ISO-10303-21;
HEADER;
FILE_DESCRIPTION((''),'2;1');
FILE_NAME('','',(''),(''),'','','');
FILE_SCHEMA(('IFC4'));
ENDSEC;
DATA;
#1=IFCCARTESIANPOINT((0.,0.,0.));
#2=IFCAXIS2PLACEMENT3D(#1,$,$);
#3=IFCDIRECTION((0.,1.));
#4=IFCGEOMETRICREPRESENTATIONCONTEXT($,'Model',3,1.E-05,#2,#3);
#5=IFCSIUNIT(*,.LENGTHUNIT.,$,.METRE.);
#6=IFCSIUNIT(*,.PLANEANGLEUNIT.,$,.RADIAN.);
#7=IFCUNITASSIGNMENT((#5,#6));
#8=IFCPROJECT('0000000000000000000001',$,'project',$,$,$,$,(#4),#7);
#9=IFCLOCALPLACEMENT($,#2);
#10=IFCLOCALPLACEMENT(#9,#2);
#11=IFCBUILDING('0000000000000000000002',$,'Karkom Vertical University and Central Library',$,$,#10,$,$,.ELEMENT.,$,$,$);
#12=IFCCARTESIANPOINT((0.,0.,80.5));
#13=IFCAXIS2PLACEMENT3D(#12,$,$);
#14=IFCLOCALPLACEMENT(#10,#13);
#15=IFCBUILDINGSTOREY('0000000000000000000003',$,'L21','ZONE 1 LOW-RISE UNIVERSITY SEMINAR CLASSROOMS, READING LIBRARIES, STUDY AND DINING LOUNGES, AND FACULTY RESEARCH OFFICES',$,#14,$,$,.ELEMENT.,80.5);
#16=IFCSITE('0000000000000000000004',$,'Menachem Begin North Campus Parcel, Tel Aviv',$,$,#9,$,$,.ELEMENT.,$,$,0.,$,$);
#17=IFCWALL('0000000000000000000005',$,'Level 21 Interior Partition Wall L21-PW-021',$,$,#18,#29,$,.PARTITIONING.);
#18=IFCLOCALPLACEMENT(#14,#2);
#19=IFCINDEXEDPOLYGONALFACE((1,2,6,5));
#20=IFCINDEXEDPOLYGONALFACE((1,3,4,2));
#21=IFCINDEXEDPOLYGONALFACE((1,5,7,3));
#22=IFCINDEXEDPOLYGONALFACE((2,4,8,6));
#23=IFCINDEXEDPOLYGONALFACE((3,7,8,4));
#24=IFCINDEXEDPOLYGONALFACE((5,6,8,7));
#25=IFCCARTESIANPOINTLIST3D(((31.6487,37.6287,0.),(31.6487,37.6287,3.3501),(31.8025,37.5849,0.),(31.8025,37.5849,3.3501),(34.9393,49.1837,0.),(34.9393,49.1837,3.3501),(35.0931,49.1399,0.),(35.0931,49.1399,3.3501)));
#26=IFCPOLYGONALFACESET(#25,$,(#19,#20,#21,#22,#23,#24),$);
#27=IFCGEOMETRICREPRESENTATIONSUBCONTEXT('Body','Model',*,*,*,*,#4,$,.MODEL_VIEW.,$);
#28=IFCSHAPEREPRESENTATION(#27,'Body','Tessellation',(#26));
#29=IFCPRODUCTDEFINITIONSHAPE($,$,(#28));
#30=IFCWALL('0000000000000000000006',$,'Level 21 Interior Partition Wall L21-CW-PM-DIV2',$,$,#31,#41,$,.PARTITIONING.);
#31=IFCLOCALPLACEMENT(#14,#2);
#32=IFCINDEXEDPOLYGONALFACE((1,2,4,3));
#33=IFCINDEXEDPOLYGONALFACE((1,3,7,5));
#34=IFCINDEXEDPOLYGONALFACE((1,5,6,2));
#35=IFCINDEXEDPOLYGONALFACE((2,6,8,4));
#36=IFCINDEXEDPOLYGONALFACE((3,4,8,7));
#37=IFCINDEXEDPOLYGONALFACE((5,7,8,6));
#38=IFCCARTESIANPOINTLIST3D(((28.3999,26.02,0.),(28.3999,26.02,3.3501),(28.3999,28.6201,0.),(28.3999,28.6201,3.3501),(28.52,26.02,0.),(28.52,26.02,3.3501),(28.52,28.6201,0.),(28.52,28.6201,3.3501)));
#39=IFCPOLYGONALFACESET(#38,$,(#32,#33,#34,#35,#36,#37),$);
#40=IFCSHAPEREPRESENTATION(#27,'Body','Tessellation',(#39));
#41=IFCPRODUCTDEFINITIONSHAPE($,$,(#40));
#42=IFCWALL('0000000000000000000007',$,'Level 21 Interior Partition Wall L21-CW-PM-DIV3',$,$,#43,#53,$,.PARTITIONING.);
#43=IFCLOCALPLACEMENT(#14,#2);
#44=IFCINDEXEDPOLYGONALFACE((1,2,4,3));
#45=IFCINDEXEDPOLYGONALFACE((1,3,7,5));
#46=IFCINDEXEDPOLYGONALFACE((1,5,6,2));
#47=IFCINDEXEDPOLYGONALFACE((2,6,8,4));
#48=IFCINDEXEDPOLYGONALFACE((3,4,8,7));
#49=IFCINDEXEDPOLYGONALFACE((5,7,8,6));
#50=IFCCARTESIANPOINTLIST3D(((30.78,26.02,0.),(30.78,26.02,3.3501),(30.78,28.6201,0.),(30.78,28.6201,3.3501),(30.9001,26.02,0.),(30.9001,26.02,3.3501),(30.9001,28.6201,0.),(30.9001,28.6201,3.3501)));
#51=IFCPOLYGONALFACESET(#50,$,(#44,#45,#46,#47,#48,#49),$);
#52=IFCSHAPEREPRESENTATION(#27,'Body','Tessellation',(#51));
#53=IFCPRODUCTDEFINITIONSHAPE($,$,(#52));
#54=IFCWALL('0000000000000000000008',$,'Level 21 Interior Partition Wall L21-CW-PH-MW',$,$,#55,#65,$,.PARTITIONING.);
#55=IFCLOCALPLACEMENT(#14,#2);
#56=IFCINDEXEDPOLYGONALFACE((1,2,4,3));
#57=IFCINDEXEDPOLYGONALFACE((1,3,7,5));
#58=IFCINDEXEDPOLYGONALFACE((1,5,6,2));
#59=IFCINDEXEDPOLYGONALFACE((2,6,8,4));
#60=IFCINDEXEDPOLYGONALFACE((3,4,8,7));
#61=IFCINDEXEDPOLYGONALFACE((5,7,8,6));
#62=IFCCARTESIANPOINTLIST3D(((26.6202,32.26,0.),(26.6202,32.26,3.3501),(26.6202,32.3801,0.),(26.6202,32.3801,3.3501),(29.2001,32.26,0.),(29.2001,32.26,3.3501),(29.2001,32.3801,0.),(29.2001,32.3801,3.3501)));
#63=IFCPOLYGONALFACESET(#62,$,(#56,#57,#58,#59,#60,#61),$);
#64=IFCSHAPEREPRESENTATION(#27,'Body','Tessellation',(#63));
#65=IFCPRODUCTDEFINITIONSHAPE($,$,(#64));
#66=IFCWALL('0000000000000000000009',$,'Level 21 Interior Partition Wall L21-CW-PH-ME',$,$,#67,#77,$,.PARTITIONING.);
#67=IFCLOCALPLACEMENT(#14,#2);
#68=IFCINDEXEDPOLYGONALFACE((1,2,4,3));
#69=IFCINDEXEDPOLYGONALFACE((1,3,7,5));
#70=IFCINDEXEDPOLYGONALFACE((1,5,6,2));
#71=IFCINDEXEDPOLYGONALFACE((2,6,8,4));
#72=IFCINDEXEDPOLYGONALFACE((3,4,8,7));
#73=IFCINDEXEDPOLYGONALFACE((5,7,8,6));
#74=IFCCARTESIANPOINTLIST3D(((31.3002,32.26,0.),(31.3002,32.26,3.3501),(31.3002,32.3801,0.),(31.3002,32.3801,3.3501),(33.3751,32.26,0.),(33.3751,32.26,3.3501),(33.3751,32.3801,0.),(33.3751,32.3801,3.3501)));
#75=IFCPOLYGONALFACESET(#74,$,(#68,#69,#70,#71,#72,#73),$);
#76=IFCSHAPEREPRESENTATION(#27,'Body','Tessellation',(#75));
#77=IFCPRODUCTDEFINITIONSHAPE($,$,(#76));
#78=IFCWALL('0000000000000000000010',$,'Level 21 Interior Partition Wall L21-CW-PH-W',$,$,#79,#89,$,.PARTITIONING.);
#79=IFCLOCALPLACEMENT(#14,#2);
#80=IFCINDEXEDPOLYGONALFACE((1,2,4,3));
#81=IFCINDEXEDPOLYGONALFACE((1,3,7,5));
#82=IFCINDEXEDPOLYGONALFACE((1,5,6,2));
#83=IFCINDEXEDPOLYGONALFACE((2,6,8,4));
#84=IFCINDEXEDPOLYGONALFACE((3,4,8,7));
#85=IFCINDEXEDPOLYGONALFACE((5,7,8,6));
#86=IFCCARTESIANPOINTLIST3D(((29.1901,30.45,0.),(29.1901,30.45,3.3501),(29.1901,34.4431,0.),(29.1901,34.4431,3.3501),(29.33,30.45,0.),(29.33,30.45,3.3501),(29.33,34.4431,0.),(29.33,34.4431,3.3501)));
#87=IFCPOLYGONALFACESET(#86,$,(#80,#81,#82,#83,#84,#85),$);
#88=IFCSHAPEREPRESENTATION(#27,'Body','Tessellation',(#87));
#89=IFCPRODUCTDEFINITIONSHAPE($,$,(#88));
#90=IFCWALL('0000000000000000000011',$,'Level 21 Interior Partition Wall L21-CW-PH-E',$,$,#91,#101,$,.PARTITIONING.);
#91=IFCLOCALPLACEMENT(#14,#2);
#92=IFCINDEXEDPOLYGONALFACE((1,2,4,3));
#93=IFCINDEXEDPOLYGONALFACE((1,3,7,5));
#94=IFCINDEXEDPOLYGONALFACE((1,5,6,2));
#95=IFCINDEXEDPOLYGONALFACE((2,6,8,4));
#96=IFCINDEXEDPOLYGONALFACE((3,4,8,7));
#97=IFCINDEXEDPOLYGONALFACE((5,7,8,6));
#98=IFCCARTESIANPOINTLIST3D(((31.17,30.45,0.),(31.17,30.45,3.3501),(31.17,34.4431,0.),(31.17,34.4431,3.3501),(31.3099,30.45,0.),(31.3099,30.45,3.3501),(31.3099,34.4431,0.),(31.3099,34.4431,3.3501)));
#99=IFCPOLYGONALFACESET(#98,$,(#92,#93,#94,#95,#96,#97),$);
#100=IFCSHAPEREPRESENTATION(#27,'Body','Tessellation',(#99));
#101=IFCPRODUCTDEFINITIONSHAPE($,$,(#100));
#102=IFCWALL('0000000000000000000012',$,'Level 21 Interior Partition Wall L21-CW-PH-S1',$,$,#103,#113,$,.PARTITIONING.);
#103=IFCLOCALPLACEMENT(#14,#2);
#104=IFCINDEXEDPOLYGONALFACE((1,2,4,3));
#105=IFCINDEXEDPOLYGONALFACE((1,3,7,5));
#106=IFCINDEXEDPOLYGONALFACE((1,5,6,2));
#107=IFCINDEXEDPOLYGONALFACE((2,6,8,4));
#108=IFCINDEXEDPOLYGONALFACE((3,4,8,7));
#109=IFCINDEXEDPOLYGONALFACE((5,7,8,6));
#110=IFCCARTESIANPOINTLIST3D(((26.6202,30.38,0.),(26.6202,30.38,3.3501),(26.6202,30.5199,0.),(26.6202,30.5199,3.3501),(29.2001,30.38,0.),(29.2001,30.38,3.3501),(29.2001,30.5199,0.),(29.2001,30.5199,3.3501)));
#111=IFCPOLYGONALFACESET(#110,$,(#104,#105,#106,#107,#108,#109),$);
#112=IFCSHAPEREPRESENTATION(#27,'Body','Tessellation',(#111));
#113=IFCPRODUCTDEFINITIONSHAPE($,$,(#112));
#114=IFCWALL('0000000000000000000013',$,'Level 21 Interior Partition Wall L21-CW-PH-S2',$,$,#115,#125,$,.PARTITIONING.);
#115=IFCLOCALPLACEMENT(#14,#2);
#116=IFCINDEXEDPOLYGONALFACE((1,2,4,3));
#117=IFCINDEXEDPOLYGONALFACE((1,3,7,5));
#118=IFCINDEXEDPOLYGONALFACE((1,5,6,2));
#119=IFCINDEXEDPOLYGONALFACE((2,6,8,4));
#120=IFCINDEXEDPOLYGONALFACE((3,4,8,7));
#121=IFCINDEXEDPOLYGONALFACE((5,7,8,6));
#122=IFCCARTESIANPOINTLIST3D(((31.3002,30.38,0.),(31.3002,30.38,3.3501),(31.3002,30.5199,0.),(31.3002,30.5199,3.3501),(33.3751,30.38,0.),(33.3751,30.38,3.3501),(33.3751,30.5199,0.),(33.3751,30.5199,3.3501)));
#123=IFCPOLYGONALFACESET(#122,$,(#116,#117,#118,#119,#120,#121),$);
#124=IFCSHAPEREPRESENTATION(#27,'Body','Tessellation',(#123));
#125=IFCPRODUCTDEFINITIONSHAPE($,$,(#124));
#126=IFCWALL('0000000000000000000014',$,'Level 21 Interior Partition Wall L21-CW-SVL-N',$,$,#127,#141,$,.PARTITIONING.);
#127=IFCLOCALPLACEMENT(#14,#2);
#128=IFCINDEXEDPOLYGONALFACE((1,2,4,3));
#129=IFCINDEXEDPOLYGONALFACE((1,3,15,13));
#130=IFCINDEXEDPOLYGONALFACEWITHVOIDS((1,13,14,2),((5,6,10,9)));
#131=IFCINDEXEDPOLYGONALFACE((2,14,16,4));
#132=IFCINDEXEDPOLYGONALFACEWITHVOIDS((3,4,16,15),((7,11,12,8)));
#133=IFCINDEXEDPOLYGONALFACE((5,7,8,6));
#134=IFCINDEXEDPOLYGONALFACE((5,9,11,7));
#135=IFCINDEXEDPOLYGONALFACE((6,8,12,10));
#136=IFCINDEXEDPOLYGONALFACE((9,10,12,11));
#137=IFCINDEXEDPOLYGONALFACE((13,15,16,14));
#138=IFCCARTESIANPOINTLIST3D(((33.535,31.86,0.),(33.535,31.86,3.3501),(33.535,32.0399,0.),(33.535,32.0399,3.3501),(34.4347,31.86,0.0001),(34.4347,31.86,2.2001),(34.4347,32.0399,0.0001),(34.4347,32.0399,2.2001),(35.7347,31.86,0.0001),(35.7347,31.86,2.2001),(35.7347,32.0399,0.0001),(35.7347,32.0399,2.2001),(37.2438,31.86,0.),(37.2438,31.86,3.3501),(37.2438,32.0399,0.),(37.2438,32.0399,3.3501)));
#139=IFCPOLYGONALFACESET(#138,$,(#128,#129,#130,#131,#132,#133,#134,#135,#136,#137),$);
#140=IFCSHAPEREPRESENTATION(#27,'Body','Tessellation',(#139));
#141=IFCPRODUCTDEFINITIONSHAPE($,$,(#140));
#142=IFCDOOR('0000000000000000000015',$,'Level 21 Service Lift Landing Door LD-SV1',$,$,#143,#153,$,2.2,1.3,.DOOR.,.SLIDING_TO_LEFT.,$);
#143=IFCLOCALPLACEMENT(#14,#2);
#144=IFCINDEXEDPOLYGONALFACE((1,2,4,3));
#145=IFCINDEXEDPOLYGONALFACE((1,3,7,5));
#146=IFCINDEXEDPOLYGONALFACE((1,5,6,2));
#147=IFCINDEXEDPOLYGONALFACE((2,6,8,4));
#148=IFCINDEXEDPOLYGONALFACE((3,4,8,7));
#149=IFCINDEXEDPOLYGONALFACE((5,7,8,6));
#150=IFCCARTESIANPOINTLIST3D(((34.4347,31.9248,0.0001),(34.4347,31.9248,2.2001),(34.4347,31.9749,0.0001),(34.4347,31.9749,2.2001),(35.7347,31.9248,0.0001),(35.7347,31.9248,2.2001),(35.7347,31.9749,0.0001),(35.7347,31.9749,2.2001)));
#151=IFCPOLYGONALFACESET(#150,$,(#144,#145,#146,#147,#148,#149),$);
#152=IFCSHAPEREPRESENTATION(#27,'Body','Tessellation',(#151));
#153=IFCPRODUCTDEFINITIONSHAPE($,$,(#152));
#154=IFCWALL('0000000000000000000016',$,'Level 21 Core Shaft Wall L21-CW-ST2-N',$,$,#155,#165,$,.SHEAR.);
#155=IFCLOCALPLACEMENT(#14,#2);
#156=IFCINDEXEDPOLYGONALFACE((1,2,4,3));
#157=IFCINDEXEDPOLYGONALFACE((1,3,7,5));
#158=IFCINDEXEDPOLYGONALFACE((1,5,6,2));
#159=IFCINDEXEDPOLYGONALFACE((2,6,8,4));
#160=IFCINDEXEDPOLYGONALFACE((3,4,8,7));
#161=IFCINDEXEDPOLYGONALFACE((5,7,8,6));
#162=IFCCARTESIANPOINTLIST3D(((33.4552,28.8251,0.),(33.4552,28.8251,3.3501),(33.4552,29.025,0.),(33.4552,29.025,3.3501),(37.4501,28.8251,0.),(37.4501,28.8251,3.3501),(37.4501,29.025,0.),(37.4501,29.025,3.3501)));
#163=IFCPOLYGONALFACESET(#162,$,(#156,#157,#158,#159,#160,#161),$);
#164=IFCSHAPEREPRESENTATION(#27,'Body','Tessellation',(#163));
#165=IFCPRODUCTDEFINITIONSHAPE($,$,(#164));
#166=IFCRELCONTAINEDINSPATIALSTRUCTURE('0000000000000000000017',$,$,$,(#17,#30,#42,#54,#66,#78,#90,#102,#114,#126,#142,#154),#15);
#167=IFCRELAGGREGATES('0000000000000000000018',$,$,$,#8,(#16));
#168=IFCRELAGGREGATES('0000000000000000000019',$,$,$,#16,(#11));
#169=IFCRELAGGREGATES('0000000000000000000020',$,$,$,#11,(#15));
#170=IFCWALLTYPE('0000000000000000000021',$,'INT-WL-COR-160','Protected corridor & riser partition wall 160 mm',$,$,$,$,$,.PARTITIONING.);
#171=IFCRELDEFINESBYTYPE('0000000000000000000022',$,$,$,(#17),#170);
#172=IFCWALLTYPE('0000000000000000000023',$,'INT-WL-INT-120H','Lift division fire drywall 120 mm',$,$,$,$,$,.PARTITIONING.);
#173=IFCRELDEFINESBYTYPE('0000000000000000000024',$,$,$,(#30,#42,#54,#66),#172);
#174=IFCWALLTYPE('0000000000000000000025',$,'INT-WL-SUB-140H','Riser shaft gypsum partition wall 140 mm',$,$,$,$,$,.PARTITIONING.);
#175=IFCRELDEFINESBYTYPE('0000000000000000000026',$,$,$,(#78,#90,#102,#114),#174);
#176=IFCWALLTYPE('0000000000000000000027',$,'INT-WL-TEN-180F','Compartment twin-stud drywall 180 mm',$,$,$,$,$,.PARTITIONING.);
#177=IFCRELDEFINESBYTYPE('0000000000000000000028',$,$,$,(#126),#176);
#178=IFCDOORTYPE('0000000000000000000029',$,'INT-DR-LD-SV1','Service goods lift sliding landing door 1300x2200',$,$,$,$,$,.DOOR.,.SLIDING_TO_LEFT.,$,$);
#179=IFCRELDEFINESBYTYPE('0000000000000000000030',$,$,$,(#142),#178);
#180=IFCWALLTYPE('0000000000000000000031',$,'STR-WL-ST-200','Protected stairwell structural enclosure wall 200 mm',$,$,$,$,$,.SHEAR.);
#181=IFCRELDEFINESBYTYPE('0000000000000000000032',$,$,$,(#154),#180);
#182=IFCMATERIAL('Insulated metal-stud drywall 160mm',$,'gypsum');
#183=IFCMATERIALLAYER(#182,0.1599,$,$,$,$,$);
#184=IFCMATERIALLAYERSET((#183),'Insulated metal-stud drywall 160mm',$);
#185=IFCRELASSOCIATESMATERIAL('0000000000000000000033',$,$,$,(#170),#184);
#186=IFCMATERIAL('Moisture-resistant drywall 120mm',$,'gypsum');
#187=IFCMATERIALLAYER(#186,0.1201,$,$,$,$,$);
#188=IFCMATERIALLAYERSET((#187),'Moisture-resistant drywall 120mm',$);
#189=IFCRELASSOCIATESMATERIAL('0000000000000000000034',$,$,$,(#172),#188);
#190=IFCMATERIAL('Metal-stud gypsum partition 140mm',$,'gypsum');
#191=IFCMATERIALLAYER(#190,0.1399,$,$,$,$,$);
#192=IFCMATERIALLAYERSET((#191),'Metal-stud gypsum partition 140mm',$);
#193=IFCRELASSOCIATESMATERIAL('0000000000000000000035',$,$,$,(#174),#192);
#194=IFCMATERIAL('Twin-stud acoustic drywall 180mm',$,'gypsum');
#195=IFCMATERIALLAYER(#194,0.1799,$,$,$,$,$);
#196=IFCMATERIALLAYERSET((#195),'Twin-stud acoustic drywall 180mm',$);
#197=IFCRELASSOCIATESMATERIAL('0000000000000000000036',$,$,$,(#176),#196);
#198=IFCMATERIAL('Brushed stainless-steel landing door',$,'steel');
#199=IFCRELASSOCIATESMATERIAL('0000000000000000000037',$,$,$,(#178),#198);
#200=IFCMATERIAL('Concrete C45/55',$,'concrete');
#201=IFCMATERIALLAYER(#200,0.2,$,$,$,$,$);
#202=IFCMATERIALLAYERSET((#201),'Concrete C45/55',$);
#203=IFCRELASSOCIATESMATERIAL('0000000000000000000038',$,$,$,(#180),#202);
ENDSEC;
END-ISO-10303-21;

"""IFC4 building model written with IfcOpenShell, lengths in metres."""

from ifc_helpers import new_model, si_unit, direction, frame, frame_2d, origin, origin_with_axes, place, context, subcontext, project, spatial, rectangle, extrude, source, transform, mapped, material, layer, layer_set, type_object, element, fill, save


model = new_model("IFC4")

# Units and contexts
model_context = context("Model", 3, precision=1e-05, world=origin(), true_north=direction((0.0, 1.0)))
body_context = subcontext(model_context, "Body", "Model", "MODEL_VIEW")
ifc_project = project(units=[si_unit("LENGTHUNIT", "METRE"), si_unit("PLANEANGLEUNIT", "RADIAN")], contexts=[model_context])

# Site, building, storey
site_placement = place(None, origin())
site = spatial("IfcSite", under=ifc_project, at=site_placement, Name="Menachem Begin North Campus Parcel, Tel Aviv", CompositionType="ELEMENT", RefElevation=0.0)
building_placement = place(site_placement, origin())
building = spatial("IfcBuilding", under=site, at=building_placement, Name="Karkom Vertical University and Central Library", CompositionType="ELEMENT")
storey_placement = place(building_placement, frame((0.0, 0.0, 80.5)))
storey = spatial("IfcBuildingStorey", under=building, at=storey_placement, Name="L21", Description="ZONE 1 LOW-RISE UNIVERSITY SEMINAR CLASSROOMS, READING LIBRARIES, STUDY AND DINING LOUNGES, AND FACULTY RESEARCH OFFICES", CompositionType="ELEMENT", Elevation=80.5)

# Walls
ifc_material_1 = material(Name="Insulated metal-stud drywall 160mm", Category="gypsum")
ifc_layer_1 = layer(ifc_material_1, 0.1599)
ifc_layer_set_1 = layer_set([ifc_layer_1], Name="Insulated metal-stud drywall 160mm")
wall_type_1 = type_object("IfcWallType", Name="INT-WL-COR-160", Description="Protected corridor & riser partition wall 160 mm", PredefinedType="PARTITIONING", material=ifc_layer_set_1)
wall_1_placement = place(storey_placement, frame((31.7256, 37.6067, 0.0), z_axis=(0.0, 0.0, 1.0), x_axis=(0.273884, 0.961763, 0.0)))
element("IfcWall", 1, at=wall_1_placement, inside=storey, type_object=wall_type_1, Name="Level 21 Interior Partition Wall L21-PW-021", PredefinedType="PARTITIONING", context=body_context, shape_type="SweptSolid", body=[
    extrude(rectangle(XDim=12.0144, YDim=0.1599, at=frame_2d((6.0073, 0.0))), origin(), (0.0, 0.0, 1.0), 3.3501),
])
ifc_material_2 = material(Name="Moisture-resistant drywall 120mm", Category="gypsum")
ifc_layer_2 = layer(ifc_material_2, 0.1201)
ifc_layer_set_2 = layer_set([ifc_layer_2], Name="Moisture-resistant drywall 120mm")
wall_type_2 = type_object("IfcWallType", Name="INT-WL-INT-120H", Description="Lift division fire drywall 120 mm", PredefinedType="PARTITIONING", material=ifc_layer_set_2)
for number, where, z_axis, x_axis, name in (
    (2, (28.46, 26.02, 0.0), (0.0, 0.0, 1.0), (0.0, 1.0, 0.0), "Level 21 Interior Partition Wall L21-CW-PM-DIV2"),
    (3, (30.8401, 26.02, 0.0), (0.0, 0.0, 1.0), (0.0, 1.0, 0.0), "Level 21 Interior Partition Wall L21-CW-PM-DIV3"),
):
    element("IfcWall", number, at=place(storey_placement, frame(where, z_axis=z_axis, x_axis=x_axis)), inside=storey, type_object=wall_type_2, Name=name, PredefinedType="PARTITIONING", context=body_context, shape_type="SweptSolid", body=[
        extrude(rectangle(XDim=2.6001, YDim=0.1201, at=frame_2d((1.3, 0.0))), origin(), (0.0, 0.0, 1.0), 3.3501),
    ])
wall_2_placement = place(storey_placement, frame((26.6201, 32.3201, 0.0), z_axis=(0.0, 0.0, 1.0), x_axis=(1.0, 0.0, 0.0)))
element("IfcWall", 4, at=wall_2_placement, inside=storey, type_object=wall_type_2, Name="Level 21 Interior Partition Wall L21-CW-PH-MW", PredefinedType="PARTITIONING", context=body_context, shape_type="SweptSolid", body=[
    extrude(rectangle(XDim=2.5798, YDim=0.1201, at=frame_2d((1.29, 0.0))), origin(), (0.0, 0.0, 1.0), 3.3501),
])
wall_3_placement = place(storey_placement, frame((31.3, 32.3201, 0.0), z_axis=(0.0, 0.0, 1.0), x_axis=(1.0, 0.0, 0.0)))
element("IfcWall", 5, at=wall_3_placement, inside=storey, type_object=wall_type_2, Name="Level 21 Interior Partition Wall L21-CW-PH-ME", PredefinedType="PARTITIONING", context=body_context, shape_type="SweptSolid", body=[
    extrude(rectangle(XDim=2.075, YDim=0.1201, at=frame_2d((1.0376, 0.0))), origin(), (0.0, 0.0, 1.0), 3.3501),
])
ifc_material_3 = material(Name="Metal-stud gypsum partition 140mm", Category="gypsum")
ifc_layer_3 = layer(ifc_material_3, 0.1399)
ifc_layer_set_3 = layer_set([ifc_layer_3], Name="Metal-stud gypsum partition 140mm")
wall_type_3 = type_object("IfcWallType", Name="INT-WL-SUB-140H", Description="Riser shaft gypsum partition wall 140 mm", PredefinedType="PARTITIONING", material=ifc_layer_set_3)
for number, where, z_axis, x_axis, name in (
    (6, (29.26, 30.45, 0.0), (0.0, 0.0, 1.0), (0.0, 1.0, 0.0), "Level 21 Interior Partition Wall L21-CW-PH-W"),
    (7, (31.24, 30.45, 0.0), (0.0, 0.0, 1.0), (0.0, 1.0, 0.0), "Level 21 Interior Partition Wall L21-CW-PH-E"),
):
    element("IfcWall", number, at=place(storey_placement, frame(where, z_axis=z_axis, x_axis=x_axis)), inside=storey, type_object=wall_type_3, Name=name, PredefinedType="PARTITIONING", context=body_context, shape_type="SweptSolid", body=[
        extrude(rectangle(XDim=3.9932, YDim=0.1399, at=frame_2d((1.9966, 0.0))), origin(), (0.0, 0.0, 1.0), 3.3501),
    ])
wall_4_placement = place(storey_placement, frame((26.6201, 30.45, 0.0), z_axis=(0.0, 0.0, 1.0), x_axis=(1.0, 0.0, 0.0)))
element("IfcWall", 8, at=wall_4_placement, inside=storey, type_object=wall_type_3, Name="Level 21 Interior Partition Wall L21-CW-PH-S1", PredefinedType="PARTITIONING", context=body_context, shape_type="SweptSolid", body=[
    extrude(rectangle(XDim=2.5798, YDim=0.1399, at=frame_2d((1.29, 0.0))), origin(), (0.0, 0.0, 1.0), 3.3501),
])
wall_5_placement = place(storey_placement, frame((31.3, 30.45, 0.0), z_axis=(0.0, 0.0, 1.0), x_axis=(1.0, 0.0, 0.0)))
element("IfcWall", 9, at=wall_5_placement, inside=storey, type_object=wall_type_3, Name="Level 21 Interior Partition Wall L21-CW-PH-S2", PredefinedType="PARTITIONING", context=body_context, shape_type="SweptSolid", body=[
    extrude(rectangle(XDim=2.075, YDim=0.1399, at=frame_2d((1.0376, 0.0))), origin(), (0.0, 0.0, 1.0), 3.3501),
])

# Wall, opening, door
ifc_material_4 = material(Name="Twin-stud acoustic drywall 180mm", Category="gypsum")
ifc_layer_4 = layer(ifc_material_4, 0.1799)
ifc_layer_set_4 = layer_set([ifc_layer_4], Name="Twin-stud acoustic drywall 180mm")
wall_type_4 = type_object("IfcWallType", Name="INT-WL-TEN-180F", Description="Compartment twin-stud drywall 180 mm", PredefinedType="PARTITIONING", material=ifc_layer_set_4)
wall_6_placement = place(storey_placement, frame((33.5349, 31.95, 0.0), z_axis=(0.0, 0.0, 1.0), x_axis=(1.0, 0.0, 0.0)))
wall_6 = element("IfcWall", 10, at=wall_6_placement, inside=storey, type_object=wall_type_4, Name="Level 21 Interior Partition Wall L21-CW-SVL-N", PredefinedType="PARTITIONING", context=body_context, shape_type="SweptSolid", body=[
    extrude(rectangle(XDim=3.7087, YDim=0.1799, at=frame_2d((1.8545, 0.0))), origin(), (0.0, 0.0, 1.0), 3.3501),
])
opening_1_placement = place(wall_6_placement, frame((0.8999, 0.0, 0.0)))
opening_1 = element("IfcOpeningElement", 11, at=opening_1_placement, cuts=wall_6, PredefinedType="OPENING", context=body_context, shape_type="SweptSolid", body=[
    extrude(rectangle(XDim=1.3, YDim=2.2, at=frame_2d((0.6499, 1.1001))), frame((0.0, 0.1001, 0.0), z_axis=(0.0, -1.0, 0.0), x_axis=(1.0, 0.0, 0.0)), (0.0, 0.0, 1.0), 0.2),
])
ifc_material_5 = material(Name="Brushed stainless-steel landing door", Category="steel")
door_type = type_object("IfcDoorType", Name="INT-DR-LD-SV1", Description="Service goods lift sliding landing door 1300x2200", OperationType="SLIDING_TO_LEFT", PredefinedType="DOOR", material=ifc_material_5)
shared_shape_1 = source(origin_with_axes(), body_context, "Body", "SweptSolid", [
    extrude(rectangle(XDim=1.3, YDim=2.2, at=frame_2d((0.6499, 1.1001))), frame((0.0, 0.0249, 0.0), z_axis=(0.0, -1.0, 0.0), x_axis=(1.0, 0.0, 0.0)), (0.0, 0.0, 1.0), 0.05),
])
door_placement = place(opening_1_placement, origin())
door = element("IfcDoor", 12, at=door_placement, inside=storey, type_object=door_type, Name="Level 21 Service Lift Landing Door LD-SV1", OperationType="SLIDING_TO_LEFT", OverallHeight=2.2, OverallWidth=1.3, PredefinedType="DOOR", context=body_context, shape_type="MappedRepresentation", body=[
    mapped(shared_shape_1, transform((0.0, 0.0, 0.0), scale=1.0)),
])
fill(opening_1, door)

# Wall
ifc_material_6 = material(Name="Concrete C45/55", Category="concrete")
ifc_layer_5 = layer(ifc_material_6, 0.2)
ifc_layer_set_5 = layer_set([ifc_layer_5], Name="Concrete C45/55")
wall_type_5 = type_object("IfcWallType", Name="STR-WL-ST-200", Description="Protected stairwell structural enclosure wall 200 mm", PredefinedType="SHEAR", material=ifc_layer_set_5)
wall_7_placement = place(storey_placement, frame((33.4551, 28.925, 0.0), z_axis=(0.0, 0.0, 1.0), x_axis=(1.0, 0.0, 0.0)))
element("IfcWall", 13, at=wall_7_placement, inside=storey, type_object=wall_type_5, Name="Level 21 Core Shaft Wall L21-CW-ST2-N", PredefinedType="SHEAR", context=body_context, shape_type="SweptSolid", body=[
    extrude(rectangle(XDim=3.9949, YDim=0.2, at=frame_2d((1.9976, 0.0))), origin(), (0.0, 0.0, 1.0), 3.3501),
])

save(model, "model.ifc")
